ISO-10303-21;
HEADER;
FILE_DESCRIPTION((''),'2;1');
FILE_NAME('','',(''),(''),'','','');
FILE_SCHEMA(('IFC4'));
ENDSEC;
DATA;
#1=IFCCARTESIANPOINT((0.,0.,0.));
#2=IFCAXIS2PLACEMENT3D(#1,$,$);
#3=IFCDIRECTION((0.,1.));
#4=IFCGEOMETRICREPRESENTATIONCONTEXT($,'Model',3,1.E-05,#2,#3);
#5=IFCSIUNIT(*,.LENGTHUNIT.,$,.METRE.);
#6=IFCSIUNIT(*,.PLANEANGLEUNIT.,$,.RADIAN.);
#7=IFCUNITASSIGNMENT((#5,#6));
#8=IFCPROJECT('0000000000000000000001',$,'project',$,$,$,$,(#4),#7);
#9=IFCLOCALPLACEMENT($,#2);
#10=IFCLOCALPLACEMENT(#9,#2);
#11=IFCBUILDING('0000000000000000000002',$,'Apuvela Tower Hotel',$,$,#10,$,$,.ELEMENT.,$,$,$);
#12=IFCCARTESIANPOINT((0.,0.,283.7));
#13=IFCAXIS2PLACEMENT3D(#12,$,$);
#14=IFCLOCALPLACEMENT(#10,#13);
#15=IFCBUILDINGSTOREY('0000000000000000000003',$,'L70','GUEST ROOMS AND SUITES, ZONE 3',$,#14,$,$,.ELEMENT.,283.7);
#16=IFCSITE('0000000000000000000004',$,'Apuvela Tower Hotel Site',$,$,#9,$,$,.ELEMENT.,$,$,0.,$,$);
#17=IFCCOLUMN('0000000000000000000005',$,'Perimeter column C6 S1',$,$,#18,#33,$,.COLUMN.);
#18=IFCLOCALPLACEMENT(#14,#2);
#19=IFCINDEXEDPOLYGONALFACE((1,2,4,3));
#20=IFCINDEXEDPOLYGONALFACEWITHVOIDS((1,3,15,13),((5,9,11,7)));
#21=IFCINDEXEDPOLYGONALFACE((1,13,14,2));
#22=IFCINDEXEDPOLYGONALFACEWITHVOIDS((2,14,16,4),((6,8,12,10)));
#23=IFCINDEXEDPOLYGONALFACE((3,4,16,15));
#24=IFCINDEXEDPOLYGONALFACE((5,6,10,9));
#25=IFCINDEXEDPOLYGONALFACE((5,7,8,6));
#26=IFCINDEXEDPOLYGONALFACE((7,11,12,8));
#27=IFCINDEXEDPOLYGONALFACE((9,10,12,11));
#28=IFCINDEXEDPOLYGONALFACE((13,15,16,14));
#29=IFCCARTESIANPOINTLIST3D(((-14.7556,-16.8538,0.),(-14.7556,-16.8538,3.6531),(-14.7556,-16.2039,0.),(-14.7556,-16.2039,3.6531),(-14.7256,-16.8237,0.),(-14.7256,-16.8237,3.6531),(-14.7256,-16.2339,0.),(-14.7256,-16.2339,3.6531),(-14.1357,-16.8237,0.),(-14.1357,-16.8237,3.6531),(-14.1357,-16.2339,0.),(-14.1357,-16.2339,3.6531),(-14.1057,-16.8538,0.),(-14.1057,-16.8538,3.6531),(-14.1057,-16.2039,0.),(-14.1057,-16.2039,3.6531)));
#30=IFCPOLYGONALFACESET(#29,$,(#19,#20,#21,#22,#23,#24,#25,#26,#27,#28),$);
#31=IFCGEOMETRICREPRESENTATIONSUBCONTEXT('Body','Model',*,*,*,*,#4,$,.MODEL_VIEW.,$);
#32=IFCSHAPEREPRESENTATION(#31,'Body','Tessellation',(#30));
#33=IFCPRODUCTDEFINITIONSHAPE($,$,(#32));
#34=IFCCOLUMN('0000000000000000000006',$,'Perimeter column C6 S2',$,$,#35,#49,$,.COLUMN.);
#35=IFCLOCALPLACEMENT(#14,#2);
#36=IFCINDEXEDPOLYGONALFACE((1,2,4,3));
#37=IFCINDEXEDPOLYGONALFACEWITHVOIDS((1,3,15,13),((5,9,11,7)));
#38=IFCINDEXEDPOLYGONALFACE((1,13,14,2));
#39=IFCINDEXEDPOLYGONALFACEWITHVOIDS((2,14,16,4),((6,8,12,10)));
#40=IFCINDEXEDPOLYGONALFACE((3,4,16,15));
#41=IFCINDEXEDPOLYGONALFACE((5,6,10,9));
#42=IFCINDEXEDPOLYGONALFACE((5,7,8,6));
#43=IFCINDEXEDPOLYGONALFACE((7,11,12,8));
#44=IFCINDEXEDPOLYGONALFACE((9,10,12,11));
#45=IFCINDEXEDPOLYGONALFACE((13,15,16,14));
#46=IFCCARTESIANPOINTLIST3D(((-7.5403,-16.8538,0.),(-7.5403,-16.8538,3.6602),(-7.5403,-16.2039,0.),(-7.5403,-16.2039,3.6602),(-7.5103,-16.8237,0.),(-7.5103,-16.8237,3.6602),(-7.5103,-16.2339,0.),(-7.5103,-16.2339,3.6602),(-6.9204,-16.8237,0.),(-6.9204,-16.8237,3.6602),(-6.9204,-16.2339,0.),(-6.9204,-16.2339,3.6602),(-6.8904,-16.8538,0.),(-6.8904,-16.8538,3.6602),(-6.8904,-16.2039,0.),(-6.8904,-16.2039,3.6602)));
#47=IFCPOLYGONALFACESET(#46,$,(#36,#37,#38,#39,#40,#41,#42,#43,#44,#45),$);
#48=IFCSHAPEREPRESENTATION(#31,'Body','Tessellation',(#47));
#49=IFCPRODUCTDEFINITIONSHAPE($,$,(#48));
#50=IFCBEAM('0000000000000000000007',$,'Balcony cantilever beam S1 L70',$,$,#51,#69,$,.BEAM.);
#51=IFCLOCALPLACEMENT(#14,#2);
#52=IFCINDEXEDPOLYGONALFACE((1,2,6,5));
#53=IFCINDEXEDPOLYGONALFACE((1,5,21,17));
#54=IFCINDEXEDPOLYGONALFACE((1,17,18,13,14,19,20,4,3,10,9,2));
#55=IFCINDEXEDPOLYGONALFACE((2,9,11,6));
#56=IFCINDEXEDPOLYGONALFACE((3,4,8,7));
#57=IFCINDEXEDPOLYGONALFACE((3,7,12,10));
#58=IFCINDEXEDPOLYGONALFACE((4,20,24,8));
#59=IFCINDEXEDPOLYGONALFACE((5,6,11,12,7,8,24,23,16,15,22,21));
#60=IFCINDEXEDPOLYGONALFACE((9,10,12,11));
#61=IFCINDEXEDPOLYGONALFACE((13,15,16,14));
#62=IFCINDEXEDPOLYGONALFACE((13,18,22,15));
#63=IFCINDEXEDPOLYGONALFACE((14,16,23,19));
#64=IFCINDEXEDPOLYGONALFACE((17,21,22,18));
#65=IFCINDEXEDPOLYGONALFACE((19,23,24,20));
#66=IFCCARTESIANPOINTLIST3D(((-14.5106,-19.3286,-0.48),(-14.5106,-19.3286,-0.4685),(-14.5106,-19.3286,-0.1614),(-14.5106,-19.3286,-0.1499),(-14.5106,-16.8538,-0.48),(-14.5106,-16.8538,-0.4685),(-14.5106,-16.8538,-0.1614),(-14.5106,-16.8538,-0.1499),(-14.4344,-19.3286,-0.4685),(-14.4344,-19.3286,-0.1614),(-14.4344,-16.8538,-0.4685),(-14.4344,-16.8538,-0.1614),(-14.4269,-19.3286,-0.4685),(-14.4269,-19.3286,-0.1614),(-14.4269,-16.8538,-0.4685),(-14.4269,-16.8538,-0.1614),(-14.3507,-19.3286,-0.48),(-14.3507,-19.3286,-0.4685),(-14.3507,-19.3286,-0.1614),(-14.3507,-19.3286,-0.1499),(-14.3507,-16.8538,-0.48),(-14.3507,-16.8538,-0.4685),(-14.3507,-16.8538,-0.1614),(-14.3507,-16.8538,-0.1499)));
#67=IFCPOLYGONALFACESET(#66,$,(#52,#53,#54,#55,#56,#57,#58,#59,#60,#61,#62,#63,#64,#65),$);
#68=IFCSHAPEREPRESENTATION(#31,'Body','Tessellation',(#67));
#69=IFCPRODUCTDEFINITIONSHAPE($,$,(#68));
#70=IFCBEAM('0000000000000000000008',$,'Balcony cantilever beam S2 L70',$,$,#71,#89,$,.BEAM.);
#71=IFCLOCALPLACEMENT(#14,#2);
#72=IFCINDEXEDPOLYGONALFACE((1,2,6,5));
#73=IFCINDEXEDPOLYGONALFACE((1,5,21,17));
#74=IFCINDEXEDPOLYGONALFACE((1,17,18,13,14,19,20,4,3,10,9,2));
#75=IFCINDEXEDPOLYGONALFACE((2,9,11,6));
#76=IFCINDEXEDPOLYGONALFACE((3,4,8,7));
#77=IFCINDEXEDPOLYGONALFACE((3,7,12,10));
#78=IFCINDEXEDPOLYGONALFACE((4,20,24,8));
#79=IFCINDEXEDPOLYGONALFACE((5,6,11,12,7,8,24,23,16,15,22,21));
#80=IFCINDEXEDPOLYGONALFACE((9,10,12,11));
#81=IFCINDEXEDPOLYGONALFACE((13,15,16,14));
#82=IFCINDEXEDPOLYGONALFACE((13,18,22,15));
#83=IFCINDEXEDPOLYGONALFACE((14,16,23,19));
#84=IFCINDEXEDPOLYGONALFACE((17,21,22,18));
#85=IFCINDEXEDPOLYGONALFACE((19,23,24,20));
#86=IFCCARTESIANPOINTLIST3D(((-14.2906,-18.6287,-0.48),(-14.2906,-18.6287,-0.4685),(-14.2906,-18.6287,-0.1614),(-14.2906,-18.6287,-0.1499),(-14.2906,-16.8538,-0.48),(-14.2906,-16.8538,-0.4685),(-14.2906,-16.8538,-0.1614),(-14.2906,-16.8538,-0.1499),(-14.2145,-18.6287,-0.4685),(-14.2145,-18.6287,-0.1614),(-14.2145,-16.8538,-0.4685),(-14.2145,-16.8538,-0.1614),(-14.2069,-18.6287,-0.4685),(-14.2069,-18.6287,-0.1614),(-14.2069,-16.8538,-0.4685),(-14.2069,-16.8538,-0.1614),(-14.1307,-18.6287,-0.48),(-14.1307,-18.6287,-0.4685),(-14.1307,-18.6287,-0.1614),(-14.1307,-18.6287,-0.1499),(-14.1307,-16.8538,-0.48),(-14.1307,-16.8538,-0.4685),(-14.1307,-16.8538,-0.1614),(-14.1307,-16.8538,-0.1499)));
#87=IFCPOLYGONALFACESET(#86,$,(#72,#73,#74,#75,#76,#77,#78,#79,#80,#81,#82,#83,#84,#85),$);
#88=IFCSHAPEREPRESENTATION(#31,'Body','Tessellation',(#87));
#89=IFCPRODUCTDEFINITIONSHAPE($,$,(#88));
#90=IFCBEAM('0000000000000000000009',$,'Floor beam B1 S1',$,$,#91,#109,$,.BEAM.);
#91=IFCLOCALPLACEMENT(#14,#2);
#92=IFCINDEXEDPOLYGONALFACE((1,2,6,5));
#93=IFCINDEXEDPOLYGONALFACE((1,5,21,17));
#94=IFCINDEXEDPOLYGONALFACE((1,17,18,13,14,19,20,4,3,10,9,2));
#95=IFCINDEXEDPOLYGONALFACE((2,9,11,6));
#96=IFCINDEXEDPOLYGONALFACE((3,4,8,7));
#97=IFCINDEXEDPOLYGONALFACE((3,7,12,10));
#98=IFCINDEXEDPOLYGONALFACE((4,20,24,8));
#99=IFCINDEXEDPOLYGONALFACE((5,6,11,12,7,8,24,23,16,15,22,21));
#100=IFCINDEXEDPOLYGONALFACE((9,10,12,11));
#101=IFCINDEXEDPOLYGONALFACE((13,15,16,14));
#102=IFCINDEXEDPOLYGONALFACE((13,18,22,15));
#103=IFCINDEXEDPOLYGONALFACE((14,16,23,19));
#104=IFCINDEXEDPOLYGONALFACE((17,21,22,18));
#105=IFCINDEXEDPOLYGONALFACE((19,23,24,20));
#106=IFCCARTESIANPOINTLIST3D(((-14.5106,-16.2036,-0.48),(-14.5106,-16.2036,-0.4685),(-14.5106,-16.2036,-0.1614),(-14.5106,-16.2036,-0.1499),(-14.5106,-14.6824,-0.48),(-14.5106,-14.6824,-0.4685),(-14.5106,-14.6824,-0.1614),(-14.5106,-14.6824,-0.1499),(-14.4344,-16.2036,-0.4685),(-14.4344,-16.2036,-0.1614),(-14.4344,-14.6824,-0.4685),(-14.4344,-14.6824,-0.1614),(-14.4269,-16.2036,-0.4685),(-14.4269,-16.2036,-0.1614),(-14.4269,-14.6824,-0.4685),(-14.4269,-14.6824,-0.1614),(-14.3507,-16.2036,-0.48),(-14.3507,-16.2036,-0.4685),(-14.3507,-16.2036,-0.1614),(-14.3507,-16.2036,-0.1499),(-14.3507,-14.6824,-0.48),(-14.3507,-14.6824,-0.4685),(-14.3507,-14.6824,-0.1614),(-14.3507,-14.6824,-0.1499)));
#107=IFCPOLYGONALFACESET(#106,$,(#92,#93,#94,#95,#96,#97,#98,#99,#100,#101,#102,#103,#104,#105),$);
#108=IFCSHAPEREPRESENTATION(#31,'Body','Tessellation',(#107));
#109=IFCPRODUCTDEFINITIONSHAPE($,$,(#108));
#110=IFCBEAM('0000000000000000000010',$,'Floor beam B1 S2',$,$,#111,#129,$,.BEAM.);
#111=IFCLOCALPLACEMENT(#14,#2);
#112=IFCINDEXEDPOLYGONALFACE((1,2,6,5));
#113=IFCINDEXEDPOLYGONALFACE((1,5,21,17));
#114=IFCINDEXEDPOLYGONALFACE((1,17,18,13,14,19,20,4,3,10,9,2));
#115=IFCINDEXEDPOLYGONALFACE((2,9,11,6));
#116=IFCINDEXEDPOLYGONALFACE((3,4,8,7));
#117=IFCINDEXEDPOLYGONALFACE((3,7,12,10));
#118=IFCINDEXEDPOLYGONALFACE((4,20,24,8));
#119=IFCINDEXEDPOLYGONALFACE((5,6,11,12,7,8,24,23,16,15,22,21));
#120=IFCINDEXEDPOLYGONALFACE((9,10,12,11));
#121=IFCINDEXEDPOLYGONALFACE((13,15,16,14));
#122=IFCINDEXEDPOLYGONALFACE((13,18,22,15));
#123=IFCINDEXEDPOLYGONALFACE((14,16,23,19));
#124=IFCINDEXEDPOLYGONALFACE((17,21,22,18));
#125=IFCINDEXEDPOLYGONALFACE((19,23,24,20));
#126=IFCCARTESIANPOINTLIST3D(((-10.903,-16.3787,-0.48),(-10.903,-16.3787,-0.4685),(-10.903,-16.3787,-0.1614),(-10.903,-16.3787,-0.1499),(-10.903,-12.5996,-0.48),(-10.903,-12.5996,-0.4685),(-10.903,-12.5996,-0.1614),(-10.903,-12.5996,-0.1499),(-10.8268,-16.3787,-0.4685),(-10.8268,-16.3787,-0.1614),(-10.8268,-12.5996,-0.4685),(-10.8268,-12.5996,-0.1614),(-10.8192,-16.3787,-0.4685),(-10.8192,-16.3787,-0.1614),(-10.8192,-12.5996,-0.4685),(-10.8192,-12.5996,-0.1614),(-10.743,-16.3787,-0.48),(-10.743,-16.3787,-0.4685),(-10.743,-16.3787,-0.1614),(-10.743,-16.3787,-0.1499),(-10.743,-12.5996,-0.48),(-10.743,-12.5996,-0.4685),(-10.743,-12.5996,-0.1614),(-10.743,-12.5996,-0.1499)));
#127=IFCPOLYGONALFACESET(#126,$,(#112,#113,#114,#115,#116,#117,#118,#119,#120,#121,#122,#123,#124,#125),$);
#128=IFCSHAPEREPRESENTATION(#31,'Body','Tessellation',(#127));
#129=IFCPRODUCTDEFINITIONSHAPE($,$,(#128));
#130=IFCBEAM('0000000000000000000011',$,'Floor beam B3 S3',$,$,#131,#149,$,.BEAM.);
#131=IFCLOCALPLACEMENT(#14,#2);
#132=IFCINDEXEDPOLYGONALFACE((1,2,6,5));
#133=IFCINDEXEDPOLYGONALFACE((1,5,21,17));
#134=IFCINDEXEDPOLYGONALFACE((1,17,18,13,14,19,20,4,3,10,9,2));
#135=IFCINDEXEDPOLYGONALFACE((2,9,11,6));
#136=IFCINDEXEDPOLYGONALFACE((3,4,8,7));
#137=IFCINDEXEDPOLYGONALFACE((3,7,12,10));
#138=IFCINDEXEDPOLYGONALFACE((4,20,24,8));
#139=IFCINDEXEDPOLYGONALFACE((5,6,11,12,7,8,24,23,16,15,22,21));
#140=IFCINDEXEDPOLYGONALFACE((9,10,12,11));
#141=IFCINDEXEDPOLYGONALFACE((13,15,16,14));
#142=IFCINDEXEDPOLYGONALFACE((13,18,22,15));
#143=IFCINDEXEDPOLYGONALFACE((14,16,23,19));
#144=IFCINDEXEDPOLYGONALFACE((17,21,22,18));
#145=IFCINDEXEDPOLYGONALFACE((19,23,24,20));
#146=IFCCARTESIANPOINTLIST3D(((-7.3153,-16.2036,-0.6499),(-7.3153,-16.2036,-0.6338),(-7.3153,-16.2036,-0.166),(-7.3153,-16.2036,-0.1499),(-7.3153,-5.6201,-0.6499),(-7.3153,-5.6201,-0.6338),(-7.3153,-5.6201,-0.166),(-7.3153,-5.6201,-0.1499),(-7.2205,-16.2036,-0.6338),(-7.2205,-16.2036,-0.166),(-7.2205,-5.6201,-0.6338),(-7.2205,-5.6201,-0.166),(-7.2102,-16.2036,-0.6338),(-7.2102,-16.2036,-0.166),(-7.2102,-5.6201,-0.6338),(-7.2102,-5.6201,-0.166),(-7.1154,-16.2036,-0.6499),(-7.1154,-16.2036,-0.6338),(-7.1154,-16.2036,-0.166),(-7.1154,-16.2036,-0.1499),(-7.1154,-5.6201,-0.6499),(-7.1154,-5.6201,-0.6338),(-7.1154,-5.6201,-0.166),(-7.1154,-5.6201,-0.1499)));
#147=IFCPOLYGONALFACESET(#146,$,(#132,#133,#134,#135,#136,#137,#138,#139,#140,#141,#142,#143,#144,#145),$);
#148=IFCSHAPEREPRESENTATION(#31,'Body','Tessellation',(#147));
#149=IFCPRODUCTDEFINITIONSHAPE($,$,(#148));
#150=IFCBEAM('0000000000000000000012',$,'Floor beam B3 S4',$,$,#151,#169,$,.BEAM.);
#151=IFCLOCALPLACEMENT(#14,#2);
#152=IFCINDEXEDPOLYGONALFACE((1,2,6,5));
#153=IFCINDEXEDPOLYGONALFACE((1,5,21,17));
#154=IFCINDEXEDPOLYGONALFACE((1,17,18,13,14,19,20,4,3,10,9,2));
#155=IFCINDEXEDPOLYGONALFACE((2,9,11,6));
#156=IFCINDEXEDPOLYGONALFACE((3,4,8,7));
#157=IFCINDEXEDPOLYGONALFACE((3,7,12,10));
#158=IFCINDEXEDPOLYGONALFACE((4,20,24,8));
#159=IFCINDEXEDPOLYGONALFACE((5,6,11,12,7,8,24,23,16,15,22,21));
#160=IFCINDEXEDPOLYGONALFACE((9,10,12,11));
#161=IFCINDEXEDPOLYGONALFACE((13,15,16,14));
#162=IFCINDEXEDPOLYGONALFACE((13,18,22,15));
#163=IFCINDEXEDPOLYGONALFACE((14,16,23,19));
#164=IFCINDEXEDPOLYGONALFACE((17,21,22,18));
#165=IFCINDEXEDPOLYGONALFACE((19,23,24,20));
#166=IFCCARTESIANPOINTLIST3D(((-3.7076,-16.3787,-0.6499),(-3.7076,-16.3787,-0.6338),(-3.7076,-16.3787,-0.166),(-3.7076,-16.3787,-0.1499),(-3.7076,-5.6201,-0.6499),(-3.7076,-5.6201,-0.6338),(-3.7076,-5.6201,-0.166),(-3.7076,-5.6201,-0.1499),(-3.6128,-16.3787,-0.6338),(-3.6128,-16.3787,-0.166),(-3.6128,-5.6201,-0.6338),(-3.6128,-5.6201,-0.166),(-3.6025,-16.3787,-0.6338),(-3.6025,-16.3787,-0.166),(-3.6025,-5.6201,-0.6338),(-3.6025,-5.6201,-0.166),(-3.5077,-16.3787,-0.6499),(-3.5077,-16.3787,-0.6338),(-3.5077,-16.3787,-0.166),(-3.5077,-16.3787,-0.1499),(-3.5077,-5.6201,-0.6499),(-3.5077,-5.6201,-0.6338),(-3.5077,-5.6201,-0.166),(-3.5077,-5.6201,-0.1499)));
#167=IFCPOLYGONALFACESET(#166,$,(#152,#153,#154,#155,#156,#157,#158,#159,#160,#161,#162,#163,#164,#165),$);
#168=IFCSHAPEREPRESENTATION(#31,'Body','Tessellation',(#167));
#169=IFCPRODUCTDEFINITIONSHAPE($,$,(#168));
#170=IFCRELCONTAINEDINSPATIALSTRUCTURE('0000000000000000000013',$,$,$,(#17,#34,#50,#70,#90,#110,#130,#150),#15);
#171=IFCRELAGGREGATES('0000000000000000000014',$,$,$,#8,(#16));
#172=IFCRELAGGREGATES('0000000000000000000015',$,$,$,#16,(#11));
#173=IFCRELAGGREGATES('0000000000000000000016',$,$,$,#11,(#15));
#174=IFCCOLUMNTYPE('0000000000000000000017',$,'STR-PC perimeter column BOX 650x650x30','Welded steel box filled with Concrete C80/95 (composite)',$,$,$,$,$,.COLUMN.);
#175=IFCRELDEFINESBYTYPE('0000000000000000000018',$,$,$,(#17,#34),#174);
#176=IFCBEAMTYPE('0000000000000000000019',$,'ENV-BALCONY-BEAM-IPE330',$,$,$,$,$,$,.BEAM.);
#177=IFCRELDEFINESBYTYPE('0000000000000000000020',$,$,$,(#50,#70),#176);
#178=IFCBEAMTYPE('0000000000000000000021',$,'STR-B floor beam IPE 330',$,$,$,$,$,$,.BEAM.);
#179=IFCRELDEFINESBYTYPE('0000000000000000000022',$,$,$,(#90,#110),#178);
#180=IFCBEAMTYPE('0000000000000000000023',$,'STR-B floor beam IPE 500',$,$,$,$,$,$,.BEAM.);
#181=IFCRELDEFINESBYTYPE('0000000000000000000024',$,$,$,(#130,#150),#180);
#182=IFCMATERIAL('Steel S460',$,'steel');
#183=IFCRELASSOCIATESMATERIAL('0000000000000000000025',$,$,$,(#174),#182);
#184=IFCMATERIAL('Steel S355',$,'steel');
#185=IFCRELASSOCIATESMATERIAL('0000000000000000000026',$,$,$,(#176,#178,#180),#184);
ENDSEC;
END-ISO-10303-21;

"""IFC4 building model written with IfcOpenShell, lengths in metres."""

from ifc_helpers import new_model, si_unit, direction, frame, origin, origin_2d, place, context, subcontext, project, spatial, rectangle, hollow_rectangle, i_section, extrude, boolean, halfspace, material, material_profile, profile_set, type_object, element, save


model = new_model("IFC4")

# Units and contexts
model_context = context("Model", 3, precision=1e-05, world=origin(), true_north=direction((0.0, 1.0)))
body_context = subcontext(model_context, "Body", "Model", "MODEL_VIEW")
ifc_project = project(units=[si_unit("LENGTHUNIT", "METRE"), si_unit("PLANEANGLEUNIT", "RADIAN")], contexts=[model_context])

# Site, building, storey
site_placement = place(None, origin())
site = spatial("IfcSite", under=ifc_project, at=site_placement, Name="Apuvela Tower Hotel Site", CompositionType="ELEMENT", RefElevation=0.0)
building_placement = place(site_placement, origin())
building = spatial("IfcBuilding", under=site, at=building_placement, Name="Apuvela Tower Hotel", CompositionType="ELEMENT")
storey_placement = place(building_placement, frame((0.0, 0.0, 283.7)))
storey = spatial("IfcBuildingStorey", under=building, at=storey_placement, Name="L70", Description="GUEST ROOMS AND SUITES, ZONE 3", CompositionType="ELEMENT", Elevation=283.7)

# Columns
ifc_material_1 = material(Name="Steel S460", Category="steel")
ifc_material_profile_1 = material_profile(ifc_material_1, hollow_rectangle(XDim=0.6499, YDim=0.6499, WallThickness=0.03, at=origin_2d()), Name="BOX 650x650x30")
ifc_material_2 = material(Name="Concrete C80/95", Category="concrete")
ifc_material_profile_2 = material_profile(ifc_material_2, rectangle(XDim=0.5901, YDim=0.5901, at=origin_2d()), Name="Concrete C80/95 infill")
ifc_profile_set_1 = profile_set([ifc_material_profile_1, ifc_material_profile_2], Name="Steel S460")
column_type = type_object("IfcColumnType", Name="STR-PC perimeter column BOX 650x650x30", Description="Welded steel box filled with Concrete C80/95 (composite)", PredefinedType="COLUMN", material=ifc_profile_set_1)
column_1_placement = place(storey_placement, frame((-14.4307, -16.5288, 0.0), z_axis=(0.0, 0.0, 1.0), x_axis=(-1.0, 0.0, 0.0)))
element("IfcColumn", 1, at=column_1_placement, inside=storey, type_object=column_type, Name="Perimeter column C6 S1", PredefinedType="COLUMN", context=body_context, shape_type="SweptSolid", body=[
    boolean("DIFFERENCE", extrude(hollow_rectangle(XDim=0.6499, YDim=0.6499, WallThickness=0.03, at=origin_2d()), origin(), (0.0, 0.0, 1.0), 3.7), halfspace(frame((0.0, 0.0, 3.6531), z_axis=(0.0, 0.0, 1.0), x_axis=(1.0, 0.0, 0.0)), False)),
])
column_2_placement = place(storey_placement, frame((-7.2153, -16.5288, 0.0), z_axis=(0.0, 0.0, 1.0), x_axis=(-1.0, 0.0, 0.0)))
element("IfcColumn", 2, at=column_2_placement, inside=storey, type_object=column_type, Name="Perimeter column C6 S2", PredefinedType="COLUMN", context=body_context, shape_type="SweptSolid", body=[
    boolean("DIFFERENCE", extrude(hollow_rectangle(XDim=0.6499, YDim=0.6499, WallThickness=0.03, at=origin_2d()), origin(), (0.0, 0.0, 1.0), 3.7), halfspace(frame((0.0, 0.0, 3.6602), z_axis=(0.0, 0.0, 1.0), x_axis=(1.0, 0.0, 0.0)), False)),
])

# Beams
ifc_material_3 = material(Name="Steel S355", Category="steel")
ifc_material_profile_3 = material_profile(ifc_material_3, i_section(OverallWidth=0.1599, OverallDepth=0.3301, WebThickness=0.0076, FlangeThickness=0.0115, at=origin_2d()), Name="IPE 330")
ifc_profile_set_2 = profile_set([ifc_material_profile_3], Name="Steel S355")
beam_type_1 = type_object("IfcBeamType", Name="ENV-BALCONY-BEAM-IPE330", PredefinedType="BEAM", material=ifc_profile_set_2)
beam_1_placement = place(storey_placement, frame((-14.4307, -16.8538, -0.3149), z_axis=(0.0, -1.0, 0.0), x_axis=(1.0, 0.0, 0.0)))
element("IfcBeam", 3, at=beam_1_placement, inside=storey, type_object=beam_type_1, Name="Balcony cantilever beam S1 L70", PredefinedType="BEAM", context=body_context, shape_type="SweptSolid", body=[
    extrude(i_section(OverallWidth=0.1599, OverallDepth=0.3301, WebThickness=0.0076, FlangeThickness=0.0115, at=origin_2d()), origin(), (0.0, 0.0, 1.0), 2.4749),
])
beam_2_placement = place(storey_placement, frame((-14.2107, -16.8538, -0.3149), z_axis=(0.0, -1.0, 0.0), x_axis=(1.0, 0.0, 0.0)))
element("IfcBeam", 4, at=beam_2_placement, inside=storey, type_object=beam_type_1, Name="Balcony cantilever beam S2 L70", PredefinedType="BEAM", context=body_context, shape_type="SweptSolid", body=[
    extrude(i_section(OverallWidth=0.1599, OverallDepth=0.3301, WebThickness=0.0076, FlangeThickness=0.0115, at=origin_2d()), origin(), (0.0, 0.0, 1.0), 1.7749),
])
ifc_material_profile_4 = material_profile(ifc_material_3, i_section(OverallWidth=0.1599, OverallDepth=0.3301, WebThickness=0.0076, FlangeThickness=0.0115, at=origin_2d()), Name="IPE 330")
ifc_profile_set_3 = profile_set([ifc_material_profile_4], Name="Steel S355")
beam_type_2 = type_object("IfcBeamType", Name="STR-B floor beam IPE 330", PredefinedType="BEAM", material=ifc_profile_set_3)
beam_3_placement = place(storey_placement, frame((-14.4307, -16.2036, -0.3149), z_axis=(0.0, 1.0, 0.0), x_axis=(-1.0, 0.0, 0.0)))
element("IfcBeam", 5, at=beam_3_placement, inside=storey, type_object=beam_type_2, Name="Floor beam B1 S1", PredefinedType="BEAM", context=body_context, shape_type="SweptSolid", body=[
    extrude(i_section(OverallWidth=0.1599, OverallDepth=0.3301, WebThickness=0.0076, FlangeThickness=0.0115, at=origin_2d()), origin(), (0.0, 0.0, 1.0), 1.5212),
])
beam_4_placement = place(storey_placement, frame((-10.823, -16.3787, -0.3149), z_axis=(0.0, 1.0, 0.0), x_axis=(-1.0, 0.0, 0.0)))
element("IfcBeam", 6, at=beam_4_placement, inside=storey, type_object=beam_type_2, Name="Floor beam B1 S2", PredefinedType="BEAM", context=body_context, shape_type="SweptSolid", body=[
    extrude(i_section(OverallWidth=0.1599, OverallDepth=0.3301, WebThickness=0.0076, FlangeThickness=0.0115, at=origin_2d()), origin(), (0.0, 0.0, 1.0), 3.7791),
])
ifc_material_profile_5 = material_profile(ifc_material_3, i_section(OverallWidth=0.2, OverallDepth=0.5, WebThickness=0.0103, FlangeThickness=0.0161, at=origin_2d()), Name="IPE 500")
ifc_profile_set_4 = profile_set([ifc_material_profile_5], Name="Steel S355")
beam_type_3 = type_object("IfcBeamType", Name="STR-B floor beam IPE 500", PredefinedType="BEAM", material=ifc_profile_set_4)
beam_5_placement = place(storey_placement, frame((-7.2153, -16.2036, -0.3999), z_axis=(0.0, 1.0, 0.0), x_axis=(-1.0, 0.0, 0.0)))
element("IfcBeam", 7, at=beam_5_placement, inside=storey, type_object=beam_type_3, Name="Floor beam B3 S3", PredefinedType="BEAM", context=body_context, shape_type="SweptSolid", body=[
    extrude(i_section(OverallWidth=0.2, OverallDepth=0.5, WebThickness=0.0103, FlangeThickness=0.0161, at=origin_2d()), origin(), (0.0, 0.0, 1.0), 10.5835),
])
beam_6_placement = place(storey_placement, frame((-3.6077, -16.3787, -0.3999), z_axis=(0.0, 1.0, 0.0), x_axis=(-1.0, 0.0, 0.0)))
element("IfcBeam", 8, at=beam_6_placement, inside=storey, type_object=beam_type_3, Name="Floor beam B3 S4", PredefinedType="BEAM", context=body_context, shape_type="SweptSolid", body=[
    extrude(i_section(OverallWidth=0.2, OverallDepth=0.5, WebThickness=0.0103, FlangeThickness=0.0161, at=origin_2d()), origin(), (0.0, 0.0, 1.0), 10.7585),
])

save(model, "model.ifc")
